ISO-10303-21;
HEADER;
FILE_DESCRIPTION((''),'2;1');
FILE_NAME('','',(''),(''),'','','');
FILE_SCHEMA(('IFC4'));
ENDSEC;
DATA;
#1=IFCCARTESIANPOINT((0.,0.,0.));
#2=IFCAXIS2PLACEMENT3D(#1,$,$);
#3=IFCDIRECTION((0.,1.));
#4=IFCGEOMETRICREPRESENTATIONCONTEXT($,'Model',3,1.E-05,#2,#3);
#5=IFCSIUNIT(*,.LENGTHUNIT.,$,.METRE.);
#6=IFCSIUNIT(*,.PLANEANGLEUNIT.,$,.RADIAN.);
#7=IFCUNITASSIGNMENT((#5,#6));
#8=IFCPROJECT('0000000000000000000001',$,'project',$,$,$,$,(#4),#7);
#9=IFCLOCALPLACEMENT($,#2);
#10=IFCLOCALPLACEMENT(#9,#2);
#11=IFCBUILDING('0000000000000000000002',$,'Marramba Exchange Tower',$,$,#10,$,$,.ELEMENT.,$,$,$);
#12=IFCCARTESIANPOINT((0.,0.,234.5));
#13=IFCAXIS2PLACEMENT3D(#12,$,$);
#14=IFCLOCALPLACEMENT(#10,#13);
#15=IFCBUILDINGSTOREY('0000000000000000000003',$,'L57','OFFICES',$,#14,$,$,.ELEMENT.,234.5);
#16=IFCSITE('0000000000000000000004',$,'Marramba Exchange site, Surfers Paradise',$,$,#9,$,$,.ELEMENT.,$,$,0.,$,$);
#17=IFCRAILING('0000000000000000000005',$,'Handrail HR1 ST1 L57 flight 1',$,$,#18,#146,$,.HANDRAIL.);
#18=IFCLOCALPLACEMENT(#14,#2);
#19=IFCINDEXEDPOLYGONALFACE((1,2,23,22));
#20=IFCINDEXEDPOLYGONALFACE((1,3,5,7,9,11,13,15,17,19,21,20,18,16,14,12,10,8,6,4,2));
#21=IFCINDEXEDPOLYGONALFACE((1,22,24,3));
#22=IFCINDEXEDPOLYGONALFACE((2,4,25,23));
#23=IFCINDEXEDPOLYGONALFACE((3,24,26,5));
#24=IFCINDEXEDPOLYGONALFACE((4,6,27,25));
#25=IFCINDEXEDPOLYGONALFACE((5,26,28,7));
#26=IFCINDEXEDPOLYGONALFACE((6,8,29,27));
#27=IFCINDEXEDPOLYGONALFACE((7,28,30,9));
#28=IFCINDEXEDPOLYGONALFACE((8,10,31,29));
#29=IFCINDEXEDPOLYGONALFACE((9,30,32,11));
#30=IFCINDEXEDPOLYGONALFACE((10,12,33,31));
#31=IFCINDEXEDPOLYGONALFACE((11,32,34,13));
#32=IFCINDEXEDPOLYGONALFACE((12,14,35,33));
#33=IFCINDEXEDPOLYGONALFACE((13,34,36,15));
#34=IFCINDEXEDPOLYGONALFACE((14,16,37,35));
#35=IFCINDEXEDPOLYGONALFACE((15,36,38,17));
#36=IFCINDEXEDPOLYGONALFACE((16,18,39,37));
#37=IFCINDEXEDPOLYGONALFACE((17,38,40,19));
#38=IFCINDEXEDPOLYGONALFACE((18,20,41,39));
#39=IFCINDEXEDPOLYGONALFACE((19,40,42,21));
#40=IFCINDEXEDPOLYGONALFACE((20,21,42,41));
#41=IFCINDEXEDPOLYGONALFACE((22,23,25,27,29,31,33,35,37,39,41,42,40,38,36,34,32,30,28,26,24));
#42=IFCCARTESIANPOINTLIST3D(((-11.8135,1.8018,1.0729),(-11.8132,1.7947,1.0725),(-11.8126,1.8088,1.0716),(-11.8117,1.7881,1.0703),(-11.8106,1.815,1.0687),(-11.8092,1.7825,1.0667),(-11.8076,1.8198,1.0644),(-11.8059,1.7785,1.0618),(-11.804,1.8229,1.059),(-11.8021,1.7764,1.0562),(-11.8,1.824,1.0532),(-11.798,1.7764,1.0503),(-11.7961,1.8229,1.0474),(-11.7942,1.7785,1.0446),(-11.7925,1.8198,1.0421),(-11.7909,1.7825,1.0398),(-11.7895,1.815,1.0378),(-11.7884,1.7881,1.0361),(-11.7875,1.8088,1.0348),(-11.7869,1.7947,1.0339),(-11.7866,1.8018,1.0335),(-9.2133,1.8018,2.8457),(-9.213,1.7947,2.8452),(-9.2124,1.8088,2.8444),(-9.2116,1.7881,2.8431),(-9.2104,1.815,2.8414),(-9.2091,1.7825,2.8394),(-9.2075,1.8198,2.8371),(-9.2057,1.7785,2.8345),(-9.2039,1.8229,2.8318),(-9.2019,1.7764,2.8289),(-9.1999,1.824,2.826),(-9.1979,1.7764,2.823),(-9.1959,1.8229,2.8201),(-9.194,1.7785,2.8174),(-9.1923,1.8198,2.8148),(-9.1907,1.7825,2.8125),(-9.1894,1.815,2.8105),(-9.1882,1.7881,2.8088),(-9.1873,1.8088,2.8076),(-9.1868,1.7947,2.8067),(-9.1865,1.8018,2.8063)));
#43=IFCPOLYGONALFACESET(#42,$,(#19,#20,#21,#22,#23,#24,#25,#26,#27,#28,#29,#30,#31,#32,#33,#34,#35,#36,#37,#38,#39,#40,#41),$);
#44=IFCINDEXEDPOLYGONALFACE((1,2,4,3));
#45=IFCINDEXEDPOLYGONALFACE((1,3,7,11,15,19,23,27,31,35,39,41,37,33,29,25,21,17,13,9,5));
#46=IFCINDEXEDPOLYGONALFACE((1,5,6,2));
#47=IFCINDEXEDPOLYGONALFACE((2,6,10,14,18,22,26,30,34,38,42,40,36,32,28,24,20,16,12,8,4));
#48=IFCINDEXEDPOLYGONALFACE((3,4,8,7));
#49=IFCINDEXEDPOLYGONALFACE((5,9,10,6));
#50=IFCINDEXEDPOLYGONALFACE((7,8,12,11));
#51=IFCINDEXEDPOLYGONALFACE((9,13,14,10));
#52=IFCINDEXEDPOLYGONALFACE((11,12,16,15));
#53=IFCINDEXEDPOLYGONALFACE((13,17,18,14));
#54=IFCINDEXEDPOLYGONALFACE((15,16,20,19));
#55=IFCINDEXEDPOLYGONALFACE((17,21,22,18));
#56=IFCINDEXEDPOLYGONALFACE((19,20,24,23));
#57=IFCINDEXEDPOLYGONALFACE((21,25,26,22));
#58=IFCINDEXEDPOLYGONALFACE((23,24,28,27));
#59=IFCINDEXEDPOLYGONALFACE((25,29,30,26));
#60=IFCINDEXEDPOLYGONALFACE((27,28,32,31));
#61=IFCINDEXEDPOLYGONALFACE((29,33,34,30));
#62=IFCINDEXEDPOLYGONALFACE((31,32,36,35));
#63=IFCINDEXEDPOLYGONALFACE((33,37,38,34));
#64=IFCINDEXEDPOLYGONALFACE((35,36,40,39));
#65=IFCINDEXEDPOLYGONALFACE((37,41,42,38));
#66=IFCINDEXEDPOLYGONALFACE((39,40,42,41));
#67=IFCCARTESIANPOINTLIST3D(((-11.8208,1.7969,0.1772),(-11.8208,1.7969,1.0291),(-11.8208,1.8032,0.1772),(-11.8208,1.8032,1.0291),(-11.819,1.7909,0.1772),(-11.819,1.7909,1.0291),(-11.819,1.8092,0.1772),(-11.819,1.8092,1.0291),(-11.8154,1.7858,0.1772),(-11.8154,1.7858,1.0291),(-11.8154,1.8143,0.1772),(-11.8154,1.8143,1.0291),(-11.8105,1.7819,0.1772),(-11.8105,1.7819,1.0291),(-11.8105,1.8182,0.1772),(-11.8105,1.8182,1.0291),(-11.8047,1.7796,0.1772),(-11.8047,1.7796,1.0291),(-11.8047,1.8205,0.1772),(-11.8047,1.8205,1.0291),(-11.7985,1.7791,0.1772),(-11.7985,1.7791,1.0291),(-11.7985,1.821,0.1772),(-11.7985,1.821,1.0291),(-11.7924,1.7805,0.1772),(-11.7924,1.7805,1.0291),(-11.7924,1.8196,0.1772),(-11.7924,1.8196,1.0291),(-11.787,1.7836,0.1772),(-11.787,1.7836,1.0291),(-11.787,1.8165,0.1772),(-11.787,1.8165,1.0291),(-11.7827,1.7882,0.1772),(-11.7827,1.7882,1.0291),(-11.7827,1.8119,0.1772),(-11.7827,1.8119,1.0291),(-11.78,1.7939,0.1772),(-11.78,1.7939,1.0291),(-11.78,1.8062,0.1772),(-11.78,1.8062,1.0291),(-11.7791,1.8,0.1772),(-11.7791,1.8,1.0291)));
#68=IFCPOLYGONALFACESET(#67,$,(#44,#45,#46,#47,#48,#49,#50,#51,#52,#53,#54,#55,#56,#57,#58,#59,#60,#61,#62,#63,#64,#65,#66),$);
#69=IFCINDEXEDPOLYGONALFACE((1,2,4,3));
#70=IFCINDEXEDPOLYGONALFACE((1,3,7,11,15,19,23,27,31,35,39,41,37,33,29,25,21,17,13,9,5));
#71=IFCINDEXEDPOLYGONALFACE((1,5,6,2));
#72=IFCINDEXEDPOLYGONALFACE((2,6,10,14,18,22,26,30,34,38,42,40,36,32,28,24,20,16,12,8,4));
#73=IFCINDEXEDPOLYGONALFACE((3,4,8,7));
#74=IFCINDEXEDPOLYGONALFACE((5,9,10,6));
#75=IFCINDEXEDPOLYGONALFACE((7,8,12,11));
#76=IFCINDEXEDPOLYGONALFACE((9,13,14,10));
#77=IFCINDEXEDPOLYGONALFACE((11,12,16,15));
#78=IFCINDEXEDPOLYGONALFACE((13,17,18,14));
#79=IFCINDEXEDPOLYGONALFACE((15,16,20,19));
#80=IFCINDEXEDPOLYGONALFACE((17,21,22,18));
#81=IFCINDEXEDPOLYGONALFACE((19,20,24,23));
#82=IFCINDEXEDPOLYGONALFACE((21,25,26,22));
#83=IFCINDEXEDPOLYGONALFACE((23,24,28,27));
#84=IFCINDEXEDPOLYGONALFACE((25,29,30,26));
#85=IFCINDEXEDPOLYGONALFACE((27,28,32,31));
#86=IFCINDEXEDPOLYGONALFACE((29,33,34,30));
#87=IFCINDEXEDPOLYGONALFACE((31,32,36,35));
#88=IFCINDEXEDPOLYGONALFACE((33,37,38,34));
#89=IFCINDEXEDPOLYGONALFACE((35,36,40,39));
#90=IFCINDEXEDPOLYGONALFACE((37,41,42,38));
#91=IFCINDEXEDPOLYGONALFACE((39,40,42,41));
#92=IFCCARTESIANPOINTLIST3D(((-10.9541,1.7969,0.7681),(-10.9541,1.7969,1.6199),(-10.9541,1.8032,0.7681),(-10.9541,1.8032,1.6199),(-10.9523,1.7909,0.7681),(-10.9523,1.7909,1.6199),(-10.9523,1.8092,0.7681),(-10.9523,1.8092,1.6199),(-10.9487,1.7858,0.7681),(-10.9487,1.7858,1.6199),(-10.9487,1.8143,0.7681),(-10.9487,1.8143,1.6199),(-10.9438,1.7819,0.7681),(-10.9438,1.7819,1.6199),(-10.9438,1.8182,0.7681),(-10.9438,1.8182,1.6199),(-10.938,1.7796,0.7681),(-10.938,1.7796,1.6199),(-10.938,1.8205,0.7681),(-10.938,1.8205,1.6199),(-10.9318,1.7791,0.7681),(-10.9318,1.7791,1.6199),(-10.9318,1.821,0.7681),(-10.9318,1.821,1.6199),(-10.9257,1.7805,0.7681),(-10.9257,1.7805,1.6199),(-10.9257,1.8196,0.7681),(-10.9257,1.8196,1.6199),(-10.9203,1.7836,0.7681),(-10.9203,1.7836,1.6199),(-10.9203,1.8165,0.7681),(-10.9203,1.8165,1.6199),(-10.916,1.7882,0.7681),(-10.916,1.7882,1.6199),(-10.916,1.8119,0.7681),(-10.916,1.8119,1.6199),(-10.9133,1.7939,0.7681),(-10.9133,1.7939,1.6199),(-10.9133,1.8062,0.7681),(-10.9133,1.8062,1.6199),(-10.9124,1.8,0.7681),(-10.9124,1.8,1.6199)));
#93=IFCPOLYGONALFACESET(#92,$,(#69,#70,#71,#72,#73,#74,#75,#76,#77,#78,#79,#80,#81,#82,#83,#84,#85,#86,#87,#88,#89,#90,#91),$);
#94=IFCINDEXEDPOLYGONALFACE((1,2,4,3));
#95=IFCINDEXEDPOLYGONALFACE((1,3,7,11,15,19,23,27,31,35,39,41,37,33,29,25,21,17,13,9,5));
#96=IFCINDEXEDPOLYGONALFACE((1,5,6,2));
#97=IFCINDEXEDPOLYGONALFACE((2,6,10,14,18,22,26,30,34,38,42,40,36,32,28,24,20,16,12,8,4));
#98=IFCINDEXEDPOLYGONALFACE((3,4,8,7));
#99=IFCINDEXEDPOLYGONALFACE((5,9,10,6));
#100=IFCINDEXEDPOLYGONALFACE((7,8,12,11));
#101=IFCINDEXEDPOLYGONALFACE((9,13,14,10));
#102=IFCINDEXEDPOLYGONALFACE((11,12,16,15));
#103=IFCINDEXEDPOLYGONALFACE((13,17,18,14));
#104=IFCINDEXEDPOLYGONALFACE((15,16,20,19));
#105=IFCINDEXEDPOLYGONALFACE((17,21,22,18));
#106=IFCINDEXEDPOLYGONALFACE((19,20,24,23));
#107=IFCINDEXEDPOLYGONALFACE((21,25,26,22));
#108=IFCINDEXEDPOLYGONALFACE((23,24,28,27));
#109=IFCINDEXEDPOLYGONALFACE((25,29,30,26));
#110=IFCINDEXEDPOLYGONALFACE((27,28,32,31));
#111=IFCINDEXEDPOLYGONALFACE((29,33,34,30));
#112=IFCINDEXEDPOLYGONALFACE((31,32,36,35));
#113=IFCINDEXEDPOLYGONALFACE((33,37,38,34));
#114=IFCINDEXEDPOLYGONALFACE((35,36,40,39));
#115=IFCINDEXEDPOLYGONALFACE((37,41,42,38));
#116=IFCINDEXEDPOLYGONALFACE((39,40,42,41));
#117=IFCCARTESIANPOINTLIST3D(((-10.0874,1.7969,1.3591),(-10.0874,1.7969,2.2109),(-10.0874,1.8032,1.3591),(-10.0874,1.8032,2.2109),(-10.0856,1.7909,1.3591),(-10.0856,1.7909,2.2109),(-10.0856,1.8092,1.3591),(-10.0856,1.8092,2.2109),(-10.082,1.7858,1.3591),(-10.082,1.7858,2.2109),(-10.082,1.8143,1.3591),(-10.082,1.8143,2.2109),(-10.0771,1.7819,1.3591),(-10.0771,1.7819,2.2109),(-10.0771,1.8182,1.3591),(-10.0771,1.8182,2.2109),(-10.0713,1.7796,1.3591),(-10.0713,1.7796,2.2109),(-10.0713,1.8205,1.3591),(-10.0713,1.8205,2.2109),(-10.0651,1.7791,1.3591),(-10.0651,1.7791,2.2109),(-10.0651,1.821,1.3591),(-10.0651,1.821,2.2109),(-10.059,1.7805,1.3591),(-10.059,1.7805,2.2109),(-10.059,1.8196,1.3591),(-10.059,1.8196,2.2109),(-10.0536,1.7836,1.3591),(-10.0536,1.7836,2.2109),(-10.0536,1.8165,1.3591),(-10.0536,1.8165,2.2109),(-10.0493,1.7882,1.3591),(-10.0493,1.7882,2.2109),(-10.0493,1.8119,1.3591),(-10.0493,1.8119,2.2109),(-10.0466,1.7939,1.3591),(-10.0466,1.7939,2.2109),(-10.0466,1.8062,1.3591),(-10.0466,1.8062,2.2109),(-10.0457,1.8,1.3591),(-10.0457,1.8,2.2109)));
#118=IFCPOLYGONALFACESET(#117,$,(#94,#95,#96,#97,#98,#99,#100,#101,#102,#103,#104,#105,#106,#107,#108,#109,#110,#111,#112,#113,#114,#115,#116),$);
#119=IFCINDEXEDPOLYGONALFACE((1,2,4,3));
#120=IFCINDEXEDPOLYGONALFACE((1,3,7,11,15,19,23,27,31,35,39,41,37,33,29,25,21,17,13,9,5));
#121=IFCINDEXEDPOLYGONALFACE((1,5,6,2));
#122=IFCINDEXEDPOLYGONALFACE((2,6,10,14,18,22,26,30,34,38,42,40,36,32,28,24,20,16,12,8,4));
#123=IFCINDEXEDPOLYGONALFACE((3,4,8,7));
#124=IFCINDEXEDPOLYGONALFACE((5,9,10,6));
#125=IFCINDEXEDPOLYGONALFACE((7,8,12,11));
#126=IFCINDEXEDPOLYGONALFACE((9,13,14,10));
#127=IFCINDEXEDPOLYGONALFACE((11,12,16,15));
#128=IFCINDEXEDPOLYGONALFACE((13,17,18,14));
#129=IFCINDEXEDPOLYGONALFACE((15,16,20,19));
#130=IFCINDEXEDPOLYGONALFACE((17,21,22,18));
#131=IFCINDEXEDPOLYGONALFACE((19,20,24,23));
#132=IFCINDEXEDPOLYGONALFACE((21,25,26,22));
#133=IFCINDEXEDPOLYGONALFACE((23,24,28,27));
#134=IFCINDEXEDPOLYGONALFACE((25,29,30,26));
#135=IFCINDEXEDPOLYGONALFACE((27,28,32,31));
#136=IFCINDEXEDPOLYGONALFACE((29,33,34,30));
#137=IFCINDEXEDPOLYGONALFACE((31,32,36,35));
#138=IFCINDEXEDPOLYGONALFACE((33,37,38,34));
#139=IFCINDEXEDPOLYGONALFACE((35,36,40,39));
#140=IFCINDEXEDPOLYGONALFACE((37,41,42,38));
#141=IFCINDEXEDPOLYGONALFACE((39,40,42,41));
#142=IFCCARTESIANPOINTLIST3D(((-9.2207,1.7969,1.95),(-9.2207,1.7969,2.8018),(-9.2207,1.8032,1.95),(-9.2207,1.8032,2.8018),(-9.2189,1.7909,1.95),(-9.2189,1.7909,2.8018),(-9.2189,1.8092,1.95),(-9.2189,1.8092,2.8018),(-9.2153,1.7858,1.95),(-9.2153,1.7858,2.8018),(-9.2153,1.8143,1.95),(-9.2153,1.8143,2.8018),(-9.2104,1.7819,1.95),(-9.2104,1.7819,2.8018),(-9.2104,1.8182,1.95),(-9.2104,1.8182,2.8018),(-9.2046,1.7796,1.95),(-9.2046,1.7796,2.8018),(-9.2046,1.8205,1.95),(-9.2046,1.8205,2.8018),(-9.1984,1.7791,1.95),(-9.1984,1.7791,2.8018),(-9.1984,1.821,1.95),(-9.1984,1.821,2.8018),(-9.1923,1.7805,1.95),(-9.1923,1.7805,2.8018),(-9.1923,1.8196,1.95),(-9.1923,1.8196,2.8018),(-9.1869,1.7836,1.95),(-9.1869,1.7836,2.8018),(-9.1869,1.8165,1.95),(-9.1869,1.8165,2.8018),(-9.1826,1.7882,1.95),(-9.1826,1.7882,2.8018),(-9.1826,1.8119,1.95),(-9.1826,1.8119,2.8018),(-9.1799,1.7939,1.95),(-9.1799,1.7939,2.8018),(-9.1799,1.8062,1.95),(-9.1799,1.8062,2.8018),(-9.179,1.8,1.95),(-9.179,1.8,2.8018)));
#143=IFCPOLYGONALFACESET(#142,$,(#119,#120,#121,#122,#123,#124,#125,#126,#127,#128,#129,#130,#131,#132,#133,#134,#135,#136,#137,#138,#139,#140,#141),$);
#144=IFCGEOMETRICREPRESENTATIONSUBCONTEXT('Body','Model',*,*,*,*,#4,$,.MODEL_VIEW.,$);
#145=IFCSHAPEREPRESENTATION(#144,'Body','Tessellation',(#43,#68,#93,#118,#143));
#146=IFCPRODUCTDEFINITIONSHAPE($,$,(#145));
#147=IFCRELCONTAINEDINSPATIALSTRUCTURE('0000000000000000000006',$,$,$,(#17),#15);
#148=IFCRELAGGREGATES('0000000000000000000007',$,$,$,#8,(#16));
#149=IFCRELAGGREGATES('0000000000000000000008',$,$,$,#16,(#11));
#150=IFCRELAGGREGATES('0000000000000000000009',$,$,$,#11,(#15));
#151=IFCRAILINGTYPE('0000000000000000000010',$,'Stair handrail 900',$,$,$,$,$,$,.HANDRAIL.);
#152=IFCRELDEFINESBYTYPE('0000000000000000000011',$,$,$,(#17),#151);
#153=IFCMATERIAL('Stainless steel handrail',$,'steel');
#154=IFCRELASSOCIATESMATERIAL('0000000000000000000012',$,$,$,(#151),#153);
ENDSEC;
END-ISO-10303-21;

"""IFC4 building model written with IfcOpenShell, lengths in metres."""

from ifc_helpers import new_model, si_unit, direction, frame, origin, origin_2d, place, context, subcontext, project, spatial, circle, extrude, material, type_object, element, save


model = new_model("IFC4")

# Units and contexts
model_context = context("Model", 3, precision=1e-05, world=origin(), true_north=direction((0.0, 1.0)))
body_context = subcontext(model_context, "Body", "Model", "MODEL_VIEW")
ifc_project = project(units=[si_unit("LENGTHUNIT", "METRE"), si_unit("PLANEANGLEUNIT", "RADIAN")], contexts=[model_context])

# Site, building, storey
site_placement = place(None, origin())
site = spatial("IfcSite", under=ifc_project, at=site_placement, Name="Marramba Exchange site, Surfers Paradise", CompositionType="ELEMENT", RefElevation=0.0)
building_placement = place(site_placement, origin())
building = spatial("IfcBuilding", under=site, at=building_placement, Name="Marramba Exchange Tower", CompositionType="ELEMENT")
storey_placement = place(building_placement, frame((0.0, 0.0, 234.5)))
storey = spatial("IfcBuildingStorey", under=building, at=storey_placement, Name="L57", Description="OFFICES", CompositionType="ELEMENT", Elevation=234.5)

# Railing
ifc_material_1 = material(Name="Stainless steel handrail", Category="steel")
railing_type = type_object("IfcRailingType", Name="Stair handrail 900", PredefinedType="HANDRAIL", material=ifc_material_1)
railing_1_placement = place(storey_placement, frame((-11.8, 1.8, 0.1772)))
element("IfcRailing", 1, at=railing_1_placement, inside=storey, type_object=railing_type, Name="Handrail HR1 ST1 L57 flight 1", PredefinedType="HANDRAIL", context=body_context, shape_type="SweptSolid", body=[
    extrude(circle(Radius=0.0239, at=origin_2d()), frame((0.0, 0.0, 0.876), z_axis=(0.82624, 0.0, 0.563318), x_axis=(0.0, 1.0, 0.0)), (0.0, 0.0, 1.0), 3.147),
    extrude(circle(Radius=0.021, at=origin_2d()), origin(), (0.0, 0.0, 1.0), 0.8518),
    extrude(circle(Radius=0.021, at=origin_2d()), frame((0.8667, 0.0, 0.5908)), (0.0, 0.0, 1.0), 0.8518),
    extrude(circle(Radius=0.021, at=origin_2d()), frame((1.7334, 0.0, 1.1819)), (0.0, 0.0, 1.0), 0.8518),
    extrude(circle(Radius=0.021, at=origin_2d()), frame((2.6001, 0.0, 1.7727)), (0.0, 0.0, 1.0), 0.8518),
])

save(model, "model.ifc")
